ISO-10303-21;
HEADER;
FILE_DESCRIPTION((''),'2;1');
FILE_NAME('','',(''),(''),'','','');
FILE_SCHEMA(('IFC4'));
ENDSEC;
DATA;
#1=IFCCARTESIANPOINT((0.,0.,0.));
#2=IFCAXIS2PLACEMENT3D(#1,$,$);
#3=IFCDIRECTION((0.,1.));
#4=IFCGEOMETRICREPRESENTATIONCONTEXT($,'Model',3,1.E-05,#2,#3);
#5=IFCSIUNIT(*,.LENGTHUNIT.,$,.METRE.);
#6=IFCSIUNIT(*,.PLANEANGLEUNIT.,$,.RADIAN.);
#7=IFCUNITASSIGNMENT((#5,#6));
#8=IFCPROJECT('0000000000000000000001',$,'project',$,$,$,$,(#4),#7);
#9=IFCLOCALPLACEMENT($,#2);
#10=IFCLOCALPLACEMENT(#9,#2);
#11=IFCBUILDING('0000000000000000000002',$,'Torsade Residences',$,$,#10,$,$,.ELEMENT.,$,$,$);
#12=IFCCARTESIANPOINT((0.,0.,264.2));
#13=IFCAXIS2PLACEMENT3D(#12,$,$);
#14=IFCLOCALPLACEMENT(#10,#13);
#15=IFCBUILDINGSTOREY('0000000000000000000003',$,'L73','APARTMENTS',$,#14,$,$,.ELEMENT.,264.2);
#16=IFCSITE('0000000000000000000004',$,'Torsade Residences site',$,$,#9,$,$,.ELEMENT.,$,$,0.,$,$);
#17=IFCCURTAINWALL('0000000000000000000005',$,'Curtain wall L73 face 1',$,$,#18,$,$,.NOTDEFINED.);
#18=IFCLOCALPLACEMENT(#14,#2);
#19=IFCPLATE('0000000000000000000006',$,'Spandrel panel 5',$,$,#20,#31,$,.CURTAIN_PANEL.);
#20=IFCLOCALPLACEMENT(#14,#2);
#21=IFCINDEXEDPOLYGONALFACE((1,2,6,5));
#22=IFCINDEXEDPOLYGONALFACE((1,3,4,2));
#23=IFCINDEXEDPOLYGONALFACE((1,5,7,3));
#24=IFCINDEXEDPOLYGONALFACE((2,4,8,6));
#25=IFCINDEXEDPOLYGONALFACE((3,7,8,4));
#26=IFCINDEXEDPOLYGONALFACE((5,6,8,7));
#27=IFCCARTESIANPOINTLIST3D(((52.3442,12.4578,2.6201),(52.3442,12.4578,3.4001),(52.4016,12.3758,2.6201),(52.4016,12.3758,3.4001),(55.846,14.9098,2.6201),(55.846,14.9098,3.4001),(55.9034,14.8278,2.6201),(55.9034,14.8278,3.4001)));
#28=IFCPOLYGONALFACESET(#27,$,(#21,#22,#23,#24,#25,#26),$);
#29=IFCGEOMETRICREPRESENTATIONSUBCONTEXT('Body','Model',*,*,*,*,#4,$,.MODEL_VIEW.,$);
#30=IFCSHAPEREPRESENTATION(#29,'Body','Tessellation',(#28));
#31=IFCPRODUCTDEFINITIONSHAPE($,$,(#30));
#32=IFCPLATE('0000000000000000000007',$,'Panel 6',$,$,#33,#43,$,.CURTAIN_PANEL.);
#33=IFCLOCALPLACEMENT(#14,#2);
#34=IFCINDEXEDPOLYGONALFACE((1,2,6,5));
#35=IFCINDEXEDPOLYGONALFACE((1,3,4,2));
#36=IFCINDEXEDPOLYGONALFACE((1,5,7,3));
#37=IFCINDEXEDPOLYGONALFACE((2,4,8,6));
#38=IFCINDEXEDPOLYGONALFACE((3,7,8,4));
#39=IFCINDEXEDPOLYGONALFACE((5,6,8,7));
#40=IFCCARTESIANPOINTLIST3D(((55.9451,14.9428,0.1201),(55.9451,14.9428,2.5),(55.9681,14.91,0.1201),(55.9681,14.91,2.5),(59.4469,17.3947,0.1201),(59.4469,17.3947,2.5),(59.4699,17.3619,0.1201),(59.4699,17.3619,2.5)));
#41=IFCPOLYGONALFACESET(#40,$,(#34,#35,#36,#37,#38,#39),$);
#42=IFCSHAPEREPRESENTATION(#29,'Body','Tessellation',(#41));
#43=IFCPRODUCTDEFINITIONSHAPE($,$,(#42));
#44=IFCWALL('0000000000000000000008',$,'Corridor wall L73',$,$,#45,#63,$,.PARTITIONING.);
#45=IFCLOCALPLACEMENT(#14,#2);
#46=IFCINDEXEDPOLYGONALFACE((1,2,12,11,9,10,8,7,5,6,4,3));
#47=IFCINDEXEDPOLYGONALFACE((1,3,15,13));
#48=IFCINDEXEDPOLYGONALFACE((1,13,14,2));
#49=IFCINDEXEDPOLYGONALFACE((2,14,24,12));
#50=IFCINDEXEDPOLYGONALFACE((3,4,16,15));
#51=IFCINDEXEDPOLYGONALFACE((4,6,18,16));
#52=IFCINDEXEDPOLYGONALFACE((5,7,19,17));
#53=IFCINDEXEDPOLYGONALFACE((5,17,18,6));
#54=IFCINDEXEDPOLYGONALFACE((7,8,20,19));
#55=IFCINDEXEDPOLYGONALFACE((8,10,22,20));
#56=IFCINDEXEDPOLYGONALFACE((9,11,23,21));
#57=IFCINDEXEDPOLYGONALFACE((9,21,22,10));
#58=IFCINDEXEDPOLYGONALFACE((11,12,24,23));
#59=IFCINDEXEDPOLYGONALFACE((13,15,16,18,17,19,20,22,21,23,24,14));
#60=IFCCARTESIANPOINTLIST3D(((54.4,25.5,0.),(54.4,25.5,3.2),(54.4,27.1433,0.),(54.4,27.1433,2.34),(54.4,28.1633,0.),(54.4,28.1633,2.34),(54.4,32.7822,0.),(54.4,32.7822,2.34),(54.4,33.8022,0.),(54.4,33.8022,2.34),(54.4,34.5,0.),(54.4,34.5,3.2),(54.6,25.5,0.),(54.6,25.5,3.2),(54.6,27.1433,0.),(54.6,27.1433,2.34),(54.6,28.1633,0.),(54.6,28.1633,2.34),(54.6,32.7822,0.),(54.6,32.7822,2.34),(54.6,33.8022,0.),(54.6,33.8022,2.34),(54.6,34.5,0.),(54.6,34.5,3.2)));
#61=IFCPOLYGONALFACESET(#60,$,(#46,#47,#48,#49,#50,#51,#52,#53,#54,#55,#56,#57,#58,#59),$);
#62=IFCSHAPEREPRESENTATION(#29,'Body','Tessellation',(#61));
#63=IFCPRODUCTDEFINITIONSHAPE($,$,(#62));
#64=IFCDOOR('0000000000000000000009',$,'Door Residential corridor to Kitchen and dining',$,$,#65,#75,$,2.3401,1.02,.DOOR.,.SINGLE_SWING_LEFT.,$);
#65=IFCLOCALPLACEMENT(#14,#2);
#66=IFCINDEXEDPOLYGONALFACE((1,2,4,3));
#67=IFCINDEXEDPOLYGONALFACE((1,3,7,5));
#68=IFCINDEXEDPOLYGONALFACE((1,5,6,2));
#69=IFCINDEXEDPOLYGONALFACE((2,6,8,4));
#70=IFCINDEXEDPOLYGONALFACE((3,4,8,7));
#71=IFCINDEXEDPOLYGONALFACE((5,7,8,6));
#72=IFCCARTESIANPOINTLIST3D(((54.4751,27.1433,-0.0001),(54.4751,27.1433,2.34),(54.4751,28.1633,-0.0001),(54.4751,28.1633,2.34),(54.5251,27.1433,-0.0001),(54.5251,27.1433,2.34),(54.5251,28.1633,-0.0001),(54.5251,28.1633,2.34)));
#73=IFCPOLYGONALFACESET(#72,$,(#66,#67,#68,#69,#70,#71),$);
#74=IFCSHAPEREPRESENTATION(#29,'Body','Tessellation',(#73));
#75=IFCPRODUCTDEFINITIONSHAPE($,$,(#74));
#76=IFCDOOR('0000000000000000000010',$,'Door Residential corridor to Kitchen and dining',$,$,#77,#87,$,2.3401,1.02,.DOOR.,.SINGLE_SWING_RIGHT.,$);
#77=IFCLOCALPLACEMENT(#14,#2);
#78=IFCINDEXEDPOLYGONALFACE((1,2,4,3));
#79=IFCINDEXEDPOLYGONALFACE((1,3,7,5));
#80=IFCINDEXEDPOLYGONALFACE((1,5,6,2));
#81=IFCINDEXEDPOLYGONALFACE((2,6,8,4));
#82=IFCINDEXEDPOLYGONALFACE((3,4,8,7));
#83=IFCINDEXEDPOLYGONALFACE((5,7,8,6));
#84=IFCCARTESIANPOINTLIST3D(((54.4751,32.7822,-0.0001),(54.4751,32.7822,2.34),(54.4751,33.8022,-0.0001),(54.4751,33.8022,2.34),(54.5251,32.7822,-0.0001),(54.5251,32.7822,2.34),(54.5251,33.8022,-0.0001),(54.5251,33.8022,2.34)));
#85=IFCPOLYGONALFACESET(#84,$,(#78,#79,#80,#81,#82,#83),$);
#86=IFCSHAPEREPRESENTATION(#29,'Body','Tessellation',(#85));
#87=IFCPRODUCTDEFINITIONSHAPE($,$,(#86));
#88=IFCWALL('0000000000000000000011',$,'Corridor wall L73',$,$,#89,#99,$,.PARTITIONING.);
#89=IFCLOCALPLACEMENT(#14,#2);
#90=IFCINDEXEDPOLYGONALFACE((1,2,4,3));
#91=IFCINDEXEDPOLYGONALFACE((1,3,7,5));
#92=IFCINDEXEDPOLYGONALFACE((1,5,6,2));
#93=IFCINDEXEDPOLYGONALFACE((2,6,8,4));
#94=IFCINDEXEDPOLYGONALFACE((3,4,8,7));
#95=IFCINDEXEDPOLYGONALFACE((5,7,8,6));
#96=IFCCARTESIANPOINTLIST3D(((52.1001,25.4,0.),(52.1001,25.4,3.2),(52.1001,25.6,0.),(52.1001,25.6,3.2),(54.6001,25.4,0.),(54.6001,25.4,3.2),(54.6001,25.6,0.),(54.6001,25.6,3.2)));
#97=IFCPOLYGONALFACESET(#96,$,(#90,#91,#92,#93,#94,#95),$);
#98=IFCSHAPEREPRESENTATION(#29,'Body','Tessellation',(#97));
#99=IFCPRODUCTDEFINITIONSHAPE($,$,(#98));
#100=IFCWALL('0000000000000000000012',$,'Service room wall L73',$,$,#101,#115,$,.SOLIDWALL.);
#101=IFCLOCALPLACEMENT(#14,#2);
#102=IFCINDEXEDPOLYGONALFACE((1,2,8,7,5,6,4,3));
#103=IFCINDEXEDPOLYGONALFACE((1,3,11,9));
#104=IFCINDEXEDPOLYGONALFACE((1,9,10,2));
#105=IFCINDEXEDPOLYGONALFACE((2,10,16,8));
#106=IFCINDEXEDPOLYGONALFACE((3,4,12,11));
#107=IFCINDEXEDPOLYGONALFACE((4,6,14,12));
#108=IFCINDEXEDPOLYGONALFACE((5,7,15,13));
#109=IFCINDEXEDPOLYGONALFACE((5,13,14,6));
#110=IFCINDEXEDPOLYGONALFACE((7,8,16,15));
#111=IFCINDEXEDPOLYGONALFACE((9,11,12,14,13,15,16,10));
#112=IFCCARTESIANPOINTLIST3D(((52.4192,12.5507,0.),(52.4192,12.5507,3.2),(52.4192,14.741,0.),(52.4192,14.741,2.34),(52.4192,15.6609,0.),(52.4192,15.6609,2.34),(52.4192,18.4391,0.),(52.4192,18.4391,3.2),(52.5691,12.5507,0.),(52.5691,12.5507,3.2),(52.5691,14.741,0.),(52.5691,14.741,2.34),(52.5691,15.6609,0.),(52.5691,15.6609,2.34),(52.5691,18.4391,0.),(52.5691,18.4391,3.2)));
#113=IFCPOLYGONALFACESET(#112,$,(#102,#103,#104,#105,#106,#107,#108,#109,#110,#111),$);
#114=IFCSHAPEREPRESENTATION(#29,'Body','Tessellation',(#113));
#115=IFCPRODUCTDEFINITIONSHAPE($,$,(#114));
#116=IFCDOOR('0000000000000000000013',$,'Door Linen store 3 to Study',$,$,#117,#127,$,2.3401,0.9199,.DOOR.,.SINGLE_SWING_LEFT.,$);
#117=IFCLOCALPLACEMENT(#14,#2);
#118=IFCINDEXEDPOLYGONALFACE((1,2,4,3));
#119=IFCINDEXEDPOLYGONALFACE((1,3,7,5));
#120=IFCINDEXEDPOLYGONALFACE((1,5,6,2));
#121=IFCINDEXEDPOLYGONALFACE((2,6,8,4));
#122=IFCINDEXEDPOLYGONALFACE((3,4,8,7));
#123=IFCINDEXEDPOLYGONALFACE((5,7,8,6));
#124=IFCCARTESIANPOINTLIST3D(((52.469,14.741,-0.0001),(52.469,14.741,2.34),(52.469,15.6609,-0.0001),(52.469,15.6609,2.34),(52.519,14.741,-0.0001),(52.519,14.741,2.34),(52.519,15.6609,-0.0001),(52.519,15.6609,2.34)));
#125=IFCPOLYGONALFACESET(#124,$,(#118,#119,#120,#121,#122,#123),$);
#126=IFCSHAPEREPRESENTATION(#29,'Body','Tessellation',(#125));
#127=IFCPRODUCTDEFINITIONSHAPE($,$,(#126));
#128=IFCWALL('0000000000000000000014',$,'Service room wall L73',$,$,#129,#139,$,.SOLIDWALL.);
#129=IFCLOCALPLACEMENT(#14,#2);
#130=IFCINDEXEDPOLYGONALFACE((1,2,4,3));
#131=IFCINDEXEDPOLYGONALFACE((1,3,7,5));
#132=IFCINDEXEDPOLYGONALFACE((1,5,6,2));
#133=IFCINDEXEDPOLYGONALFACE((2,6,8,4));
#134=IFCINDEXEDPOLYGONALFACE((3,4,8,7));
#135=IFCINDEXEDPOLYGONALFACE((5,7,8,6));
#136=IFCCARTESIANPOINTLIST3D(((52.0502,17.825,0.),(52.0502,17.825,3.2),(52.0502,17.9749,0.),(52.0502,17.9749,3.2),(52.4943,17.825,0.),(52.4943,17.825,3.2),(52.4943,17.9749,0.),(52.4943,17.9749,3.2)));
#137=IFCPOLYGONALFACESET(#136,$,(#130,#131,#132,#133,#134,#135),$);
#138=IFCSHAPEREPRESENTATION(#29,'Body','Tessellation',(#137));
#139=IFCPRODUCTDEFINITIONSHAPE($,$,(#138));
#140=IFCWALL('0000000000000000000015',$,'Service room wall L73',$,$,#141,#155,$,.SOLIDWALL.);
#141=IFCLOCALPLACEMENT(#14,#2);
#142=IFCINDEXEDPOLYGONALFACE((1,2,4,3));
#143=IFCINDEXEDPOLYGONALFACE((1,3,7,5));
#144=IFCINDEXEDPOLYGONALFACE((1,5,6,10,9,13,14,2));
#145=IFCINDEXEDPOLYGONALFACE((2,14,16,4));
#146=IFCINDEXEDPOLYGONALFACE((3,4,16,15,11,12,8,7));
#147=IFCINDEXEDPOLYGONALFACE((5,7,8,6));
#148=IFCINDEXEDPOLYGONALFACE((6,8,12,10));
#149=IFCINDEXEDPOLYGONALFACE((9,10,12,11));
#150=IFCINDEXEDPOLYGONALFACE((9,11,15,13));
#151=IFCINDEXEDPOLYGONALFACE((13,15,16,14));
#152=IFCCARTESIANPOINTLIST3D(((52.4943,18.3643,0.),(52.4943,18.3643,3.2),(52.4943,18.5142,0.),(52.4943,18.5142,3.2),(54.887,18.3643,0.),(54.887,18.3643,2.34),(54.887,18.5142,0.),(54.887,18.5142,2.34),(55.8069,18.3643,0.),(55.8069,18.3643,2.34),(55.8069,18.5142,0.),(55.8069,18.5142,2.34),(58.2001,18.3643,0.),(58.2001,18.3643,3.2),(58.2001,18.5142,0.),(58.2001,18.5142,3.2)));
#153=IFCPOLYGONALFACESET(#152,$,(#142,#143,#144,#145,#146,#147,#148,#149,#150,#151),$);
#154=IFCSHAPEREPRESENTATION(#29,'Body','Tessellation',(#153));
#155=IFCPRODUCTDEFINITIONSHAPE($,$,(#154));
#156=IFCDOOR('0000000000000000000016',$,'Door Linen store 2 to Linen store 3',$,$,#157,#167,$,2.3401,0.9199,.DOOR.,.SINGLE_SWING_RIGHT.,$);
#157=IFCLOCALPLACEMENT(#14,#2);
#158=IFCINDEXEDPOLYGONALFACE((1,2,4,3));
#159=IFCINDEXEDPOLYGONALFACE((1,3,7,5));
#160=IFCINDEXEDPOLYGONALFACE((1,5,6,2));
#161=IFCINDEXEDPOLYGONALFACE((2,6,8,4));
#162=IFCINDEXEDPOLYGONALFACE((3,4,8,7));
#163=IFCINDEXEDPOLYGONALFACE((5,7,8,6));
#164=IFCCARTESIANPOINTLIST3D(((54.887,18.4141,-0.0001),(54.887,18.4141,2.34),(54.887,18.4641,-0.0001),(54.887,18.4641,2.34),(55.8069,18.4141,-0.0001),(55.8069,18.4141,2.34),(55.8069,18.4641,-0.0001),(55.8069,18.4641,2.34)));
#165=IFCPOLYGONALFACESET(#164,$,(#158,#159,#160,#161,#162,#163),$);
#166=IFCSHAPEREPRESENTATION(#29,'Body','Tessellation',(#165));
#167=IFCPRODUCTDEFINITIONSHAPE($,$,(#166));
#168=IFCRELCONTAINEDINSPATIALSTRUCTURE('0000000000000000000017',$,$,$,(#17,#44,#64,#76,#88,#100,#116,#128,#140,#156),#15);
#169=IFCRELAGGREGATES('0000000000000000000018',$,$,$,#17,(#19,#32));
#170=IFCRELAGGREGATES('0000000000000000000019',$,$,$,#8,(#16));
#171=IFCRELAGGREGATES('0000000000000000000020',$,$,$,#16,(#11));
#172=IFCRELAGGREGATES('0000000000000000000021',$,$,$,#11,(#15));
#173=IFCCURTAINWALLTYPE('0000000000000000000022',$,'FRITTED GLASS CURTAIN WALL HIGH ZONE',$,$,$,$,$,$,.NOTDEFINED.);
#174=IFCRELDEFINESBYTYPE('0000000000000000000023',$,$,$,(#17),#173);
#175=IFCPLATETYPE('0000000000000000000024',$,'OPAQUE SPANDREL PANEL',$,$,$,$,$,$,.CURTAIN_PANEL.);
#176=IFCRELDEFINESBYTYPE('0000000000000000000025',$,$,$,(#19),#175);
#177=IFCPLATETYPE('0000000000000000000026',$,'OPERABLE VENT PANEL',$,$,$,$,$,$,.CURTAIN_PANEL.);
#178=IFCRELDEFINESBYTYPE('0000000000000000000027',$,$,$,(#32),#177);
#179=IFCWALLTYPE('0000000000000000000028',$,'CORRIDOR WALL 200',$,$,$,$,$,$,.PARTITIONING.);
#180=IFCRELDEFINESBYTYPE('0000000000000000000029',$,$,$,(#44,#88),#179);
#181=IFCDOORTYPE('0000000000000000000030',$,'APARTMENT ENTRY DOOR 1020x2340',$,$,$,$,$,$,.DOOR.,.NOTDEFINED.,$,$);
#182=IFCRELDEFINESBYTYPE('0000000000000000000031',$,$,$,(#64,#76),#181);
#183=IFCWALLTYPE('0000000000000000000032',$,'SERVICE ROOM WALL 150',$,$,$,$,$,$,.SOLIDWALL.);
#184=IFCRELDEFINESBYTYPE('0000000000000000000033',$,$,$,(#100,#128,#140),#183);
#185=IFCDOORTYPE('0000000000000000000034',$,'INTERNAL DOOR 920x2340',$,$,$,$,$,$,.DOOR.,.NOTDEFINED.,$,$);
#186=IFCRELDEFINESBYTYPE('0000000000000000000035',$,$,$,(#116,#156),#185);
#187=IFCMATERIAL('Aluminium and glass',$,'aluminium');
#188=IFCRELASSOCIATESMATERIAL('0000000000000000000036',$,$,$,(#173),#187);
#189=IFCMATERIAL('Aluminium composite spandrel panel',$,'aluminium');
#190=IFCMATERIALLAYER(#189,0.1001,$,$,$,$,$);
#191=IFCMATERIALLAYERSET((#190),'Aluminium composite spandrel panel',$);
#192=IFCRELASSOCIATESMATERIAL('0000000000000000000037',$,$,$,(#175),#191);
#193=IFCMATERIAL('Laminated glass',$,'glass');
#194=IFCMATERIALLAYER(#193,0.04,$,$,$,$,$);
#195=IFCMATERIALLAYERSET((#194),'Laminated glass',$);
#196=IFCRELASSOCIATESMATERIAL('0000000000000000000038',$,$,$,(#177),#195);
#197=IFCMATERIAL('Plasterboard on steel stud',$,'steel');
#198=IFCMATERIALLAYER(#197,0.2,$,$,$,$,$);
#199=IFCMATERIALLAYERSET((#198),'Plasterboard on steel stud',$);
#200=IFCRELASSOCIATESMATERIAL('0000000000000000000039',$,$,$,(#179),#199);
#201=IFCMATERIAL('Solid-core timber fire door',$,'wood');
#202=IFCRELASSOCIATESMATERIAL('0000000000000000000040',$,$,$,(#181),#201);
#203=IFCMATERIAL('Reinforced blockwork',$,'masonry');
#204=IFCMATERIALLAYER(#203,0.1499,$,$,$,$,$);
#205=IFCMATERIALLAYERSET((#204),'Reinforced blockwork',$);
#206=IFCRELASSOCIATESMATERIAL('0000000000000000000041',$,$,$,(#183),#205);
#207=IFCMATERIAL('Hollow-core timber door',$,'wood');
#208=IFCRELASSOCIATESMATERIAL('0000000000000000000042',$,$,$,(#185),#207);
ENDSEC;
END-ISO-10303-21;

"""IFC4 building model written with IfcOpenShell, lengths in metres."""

from ifc_helpers import new_model, si_unit, direction, frame, frame_2d, origin, origin_2d, place, context, subcontext, project, spatial, rectangle, extrude, material, layer, layer_set, type_object, element, fill, aggregate, save


model = new_model("IFC4")

# Units and contexts
model_context = context("Model", 3, precision=1e-05, world=origin(), true_north=direction((0.0, 1.0)))
body_context = subcontext(model_context, "Body", "Model", "MODEL_VIEW")
ifc_project = project(units=[si_unit("LENGTHUNIT", "METRE"), si_unit("PLANEANGLEUNIT", "RADIAN")], contexts=[model_context])

# Site, building, storey
site_placement = place(None, origin())
site = spatial("IfcSite", under=ifc_project, at=site_placement, Name="Torsade Residences site", CompositionType="ELEMENT", RefElevation=0.0)
building_placement = place(site_placement, origin())
building = spatial("IfcBuilding", under=site, at=building_placement, Name="Torsade Residences", CompositionType="ELEMENT")
storey_placement = place(building_placement, frame((0.0, 0.0, 264.2)))
storey = spatial("IfcBuildingStorey", under=building, at=storey_placement, Name="L73", Description="APARTMENTS", CompositionType="ELEMENT", Elevation=264.2)

# Curtain wall
ifc_material_1 = material(Name="Aluminium and glass", Category="aluminium")
curtain_wall_type = type_object("IfcCurtainWallType", Name="FRITTED GLASS CURTAIN WALL HIGH ZONE", PredefinedType="NOTDEFINED", material=ifc_material_1)
curtain_wall_placement = place(storey_placement, origin())
curtain_wall = element("IfcCurtainWall", 1, at=curtain_wall_placement, inside=storey, type_object=curtain_wall_type, Name="Curtain wall L73 face 1", PredefinedType="NOTDEFINED")

# Plates
ifc_material_2 = material(Name="Aluminium composite spandrel panel", Category="aluminium")
ifc_layer_1 = layer(ifc_material_2, 0.1001)
ifc_layer_set_1 = layer_set([ifc_layer_1], Name="Aluminium composite spandrel panel")
plate_type_1 = type_object("IfcPlateType", Name="OPAQUE SPANDREL PANEL", PredefinedType="CURTAIN_PANEL", material=ifc_layer_set_1)
plate_1_placement = place(storey_placement, frame((54.1238, 13.6428, 2.6201), z_axis=(0.0, 0.0, 1.0), x_axis=(0.819152, 0.573576, 0.0)))
plate_1 = element("IfcPlate", 2, at=plate_1_placement, type_object=plate_type_1, Name="Spandrel panel 5", PredefinedType="CURTAIN_PANEL", context=body_context, shape_type="SweptSolid", body=[
    extrude(rectangle(XDim=4.2749, YDim=0.1001, at=origin_2d()), origin(), (0.0, 0.0, 1.0), 0.78),
])
ifc_material_3 = material(Name="Laminated glass", Category="glass")
ifc_layer_2 = layer(ifc_material_3, 0.04)
ifc_layer_set_2 = layer_set([ifc_layer_2], Name="Laminated glass")
plate_type_2 = type_object("IfcPlateType", Name="OPERABLE VENT PANEL", PredefinedType="CURTAIN_PANEL", material=ifc_layer_set_2)
plate_2_placement = place(storey_placement, frame((57.7075, 16.1523, 0.1201), z_axis=(0.0, 0.0, 1.0), x_axis=(0.819152, 0.573576, 0.0)))
plate_2 = element("IfcPlate", 3, at=plate_2_placement, type_object=plate_type_2, Name="Panel 6", PredefinedType="CURTAIN_PANEL", context=body_context, shape_type="SweptSolid", body=[
    extrude(rectangle(XDim=4.2749, YDim=0.04, at=origin_2d()), origin(), (0.0, 0.0, 1.0), 2.3799),
])
aggregate(curtain_wall, [plate_1, plate_2])

# Wall, openings, doors
ifc_material_4 = material(Name="Plasterboard on steel stud", Category="steel")
ifc_layer_3 = layer(ifc_material_4, 0.2)
ifc_layer_set_3 = layer_set([ifc_layer_3], Name="Plasterboard on steel stud")
wall_type_1 = type_object("IfcWallType", Name="CORRIDOR WALL 200", PredefinedType="PARTITIONING", material=ifc_layer_set_3)
wall_1_placement = place(storey_placement, frame((54.5, 25.5, 0.0), z_axis=(0.0, 0.0, 1.0), x_axis=(0.0, 1.0, 0.0)))
wall_1 = element("IfcWall", 4, at=wall_1_placement, inside=storey, type_object=wall_type_1, Name="Corridor wall L73", PredefinedType="PARTITIONING", context=body_context, shape_type="SweptSolid", body=[
    extrude(rectangle(XDim=9.0, YDim=0.2, at=frame_2d((4.5, 0.0))), origin(), (0.0, 0.0, 1.0), 3.2),
])
opening_1_placement = place(wall_1_placement, frame((1.6433, 0.0, 0.0)))
opening_1 = element("IfcOpeningElement", 5, at=opening_1_placement, cuts=wall_1, PredefinedType="OPENING", context=body_context, shape_type="SweptSolid", body=[
    extrude(rectangle(XDim=1.02, YDim=2.3401, at=frame_2d((0.51, 1.1699))), frame((0.0, 0.1099, 0.0), z_axis=(0.0, -1.0, 0.0), x_axis=(1.0, 0.0, 0.0)), (0.0, 0.0, 1.0), 0.22),
])
opening_2_placement = place(wall_1_placement, frame((7.2822, 0.0, 0.0)))
opening_2 = element("IfcOpeningElement", 6, at=opening_2_placement, cuts=wall_1, PredefinedType="OPENING", context=body_context, shape_type="SweptSolid", body=[
    extrude(rectangle(XDim=1.02, YDim=2.3401, at=frame_2d((0.51, 1.1699))), frame((0.0, 0.1099, 0.0), z_axis=(0.0, -1.0, 0.0), x_axis=(1.0, 0.0, 0.0)), (0.0, 0.0, 1.0), 0.22),
])
ifc_material_5 = material(Name="Solid-core timber fire door", Category="wood")
door_type_1 = type_object("IfcDoorType", Name="APARTMENT ENTRY DOOR 1020x2340", OperationType="NOTDEFINED", PredefinedType="DOOR", material=ifc_material_5)
door_1_placement = place(opening_1_placement, origin())
door_1 = element("IfcDoor", 7, at=door_1_placement, inside=storey, type_object=door_type_1, Name="Door Residential corridor to Kitchen and dining", OperationType="SINGLE_SWING_LEFT", OverallHeight=2.3401, OverallWidth=1.02, PredefinedType="DOOR", context=body_context, shape_type="SweptSolid", body=[
    extrude(rectangle(XDim=1.02, YDim=2.3401, at=frame_2d((0.51, 1.1699))), frame((0.0, 0.0249, 0.0), z_axis=(0.0, -1.0, 0.0), x_axis=(1.0, 0.0, 0.0)), (0.0, 0.0, 1.0), 0.05),
])
fill(opening_1, door_1)
door_2_placement = place(opening_2_placement, origin())
door_2 = element("IfcDoor", 8, at=door_2_placement, inside=storey, type_object=door_type_1, Name="Door Residential corridor to Kitchen and dining", OperationType="SINGLE_SWING_RIGHT", OverallHeight=2.3401, OverallWidth=1.02, PredefinedType="DOOR", context=body_context, shape_type="SweptSolid", body=[
    extrude(rectangle(XDim=1.02, YDim=2.3401, at=frame_2d((0.51, 1.1699))), frame((0.0, 0.0249, 0.0), z_axis=(0.0, -1.0, 0.0), x_axis=(1.0, 0.0, 0.0)), (0.0, 0.0, 1.0), 0.05),
])
fill(opening_2, door_2)

# Wall
wall_2_placement = place(storey_placement, frame((52.1001, 25.5, 0.0), z_axis=(0.0, 0.0, 1.0), x_axis=(1.0, 0.0, 0.0)))
element("IfcWall", 9, at=wall_2_placement, inside=storey, type_object=wall_type_1, Name="Corridor wall L73", PredefinedType="PARTITIONING", context=body_context, shape_type="SweptSolid", body=[
    extrude(rectangle(XDim=2.5, YDim=0.2, at=frame_2d((1.25, 0.0))), origin(), (0.0, 0.0, 1.0), 3.2),
])

# Wall, opening, door
ifc_material_6 = material(Name="Reinforced blockwork", Category="masonry")
ifc_layer_4 = layer(ifc_material_6, 0.1499)
ifc_layer_set_4 = layer_set([ifc_layer_4], Name="Reinforced blockwork")
wall_type_2 = type_object("IfcWallType", Name="SERVICE ROOM WALL 150", PredefinedType="SOLIDWALL", material=ifc_layer_set_4)
wall_3_placement = place(storey_placement, frame((52.4941, 18.4392, 0.0), z_axis=(0.0, 0.0, 1.0), x_axis=(0.0, -1.0, 0.0)))
wall_3 = element("IfcWall", 10, at=wall_3_placement, inside=storey, type_object=wall_type_2, Name="Service room wall L73", PredefinedType="SOLIDWALL", context=body_context, shape_type="SweptSolid", body=[
    extrude(rectangle(XDim=5.8884, YDim=0.1499, at=frame_2d((2.9443, 0.0))), origin(), (0.0, 0.0, 1.0), 3.2),
])
opening_3_placement = place(wall_3_placement, frame((2.7783, 0.0, 0.0)))
opening_3 = element("IfcOpeningElement", 11, at=opening_3_placement, cuts=wall_3, PredefinedType="OPENING", context=body_context, shape_type="SweptSolid", body=[
    extrude(rectangle(XDim=0.9199, YDim=2.3401, at=frame_2d((0.46, 1.1699))), frame((0.0, 0.085, 0.0), z_axis=(0.0, -1.0, 0.0), x_axis=(1.0, 0.0, 0.0)), (0.0, 0.0, 1.0), 0.1699),
])
ifc_material_7 = material(Name="Hollow-core timber door", Category="wood")
door_type_2 = type_object("IfcDoorType", Name="INTERNAL DOOR 920x2340", OperationType="NOTDEFINED", PredefinedType="DOOR", material=ifc_material_7)
door_3_placement = place(opening_3_placement, origin())
door_3 = element("IfcDoor", 12, at=door_3_placement, inside=storey, type_object=door_type_2, Name="Door Linen store 3 to Study", OperationType="SINGLE_SWING_LEFT", OverallHeight=2.3401, OverallWidth=0.9199, PredefinedType="DOOR", context=body_context, shape_type="SweptSolid", body=[
    extrude(rectangle(XDim=0.9199, YDim=2.3401, at=frame_2d((0.46, 1.1699))), frame((0.0, 0.0249, 0.0), z_axis=(0.0, -1.0, 0.0), x_axis=(1.0, 0.0, 0.0)), (0.0, 0.0, 1.0), 0.05),
])
fill(opening_3, door_3)

# Wall
wall_4_placement = place(storey_placement, frame((52.05, 17.8999, 0.0), z_axis=(0.0, 0.0, 1.0), x_axis=(1.0, 0.0, 0.0)))
element("IfcWall", 13, at=wall_4_placement, inside=storey, type_object=wall_type_2, Name="Service room wall L73", PredefinedType="SOLIDWALL", context=body_context, shape_type="SweptSolid", body=[
    extrude(rectangle(XDim=0.4441, YDim=0.1499, at=frame_2d((0.2222, 0.0))), origin(), (0.0, 0.0, 1.0), 3.2),
])

# Wall, opening, door
wall_5_placement = place(storey_placement, frame((52.4941, 18.4392, 0.0), z_axis=(0.0, 0.0, 1.0), x_axis=(1.0, 0.0, 0.0)))
wall_5 = element("IfcWall", 14, at=wall_5_placement, inside=storey, type_object=wall_type_2, Name="Service room wall L73", PredefinedType="SOLIDWALL", context=body_context, shape_type="SweptSolid", body=[
    extrude(rectangle(XDim=5.7058, YDim=0.1499, at=frame_2d((2.853, 0.0))), origin(), (0.0, 0.0, 1.0), 3.2),
])
opening_4_placement = place(wall_5_placement, frame((2.3928, 0.0, 0.0)))
opening_4 = element("IfcOpeningElement", 15, at=opening_4_placement, cuts=wall_5, PredefinedType="OPENING", context=body_context, shape_type="SweptSolid", body=[
    extrude(rectangle(XDim=0.9199, YDim=2.3401, at=frame_2d((0.46, 1.1699))), frame((0.0, 0.085, 0.0), z_axis=(0.0, -1.0, 0.0), x_axis=(1.0, 0.0, 0.0)), (0.0, 0.0, 1.0), 0.1699),
])
door_4_placement = place(opening_4_placement, origin())
door_4 = element("IfcDoor", 16, at=door_4_placement, inside=storey, type_object=door_type_2, Name="Door Linen store 2 to Linen store 3", OperationType="SINGLE_SWING_RIGHT", OverallHeight=2.3401, OverallWidth=0.9199, PredefinedType="DOOR", context=body_context, shape_type="SweptSolid", body=[
    extrude(rectangle(XDim=0.9199, YDim=2.3401, at=frame_2d((0.46, 1.1699))), frame((0.0, 0.0249, 0.0), z_axis=(0.0, -1.0, 0.0), x_axis=(1.0, 0.0, 0.0)), (0.0, 0.0, 1.0), 0.05),
])
fill(opening_4, door_4)

save(model, "model.ifc")
